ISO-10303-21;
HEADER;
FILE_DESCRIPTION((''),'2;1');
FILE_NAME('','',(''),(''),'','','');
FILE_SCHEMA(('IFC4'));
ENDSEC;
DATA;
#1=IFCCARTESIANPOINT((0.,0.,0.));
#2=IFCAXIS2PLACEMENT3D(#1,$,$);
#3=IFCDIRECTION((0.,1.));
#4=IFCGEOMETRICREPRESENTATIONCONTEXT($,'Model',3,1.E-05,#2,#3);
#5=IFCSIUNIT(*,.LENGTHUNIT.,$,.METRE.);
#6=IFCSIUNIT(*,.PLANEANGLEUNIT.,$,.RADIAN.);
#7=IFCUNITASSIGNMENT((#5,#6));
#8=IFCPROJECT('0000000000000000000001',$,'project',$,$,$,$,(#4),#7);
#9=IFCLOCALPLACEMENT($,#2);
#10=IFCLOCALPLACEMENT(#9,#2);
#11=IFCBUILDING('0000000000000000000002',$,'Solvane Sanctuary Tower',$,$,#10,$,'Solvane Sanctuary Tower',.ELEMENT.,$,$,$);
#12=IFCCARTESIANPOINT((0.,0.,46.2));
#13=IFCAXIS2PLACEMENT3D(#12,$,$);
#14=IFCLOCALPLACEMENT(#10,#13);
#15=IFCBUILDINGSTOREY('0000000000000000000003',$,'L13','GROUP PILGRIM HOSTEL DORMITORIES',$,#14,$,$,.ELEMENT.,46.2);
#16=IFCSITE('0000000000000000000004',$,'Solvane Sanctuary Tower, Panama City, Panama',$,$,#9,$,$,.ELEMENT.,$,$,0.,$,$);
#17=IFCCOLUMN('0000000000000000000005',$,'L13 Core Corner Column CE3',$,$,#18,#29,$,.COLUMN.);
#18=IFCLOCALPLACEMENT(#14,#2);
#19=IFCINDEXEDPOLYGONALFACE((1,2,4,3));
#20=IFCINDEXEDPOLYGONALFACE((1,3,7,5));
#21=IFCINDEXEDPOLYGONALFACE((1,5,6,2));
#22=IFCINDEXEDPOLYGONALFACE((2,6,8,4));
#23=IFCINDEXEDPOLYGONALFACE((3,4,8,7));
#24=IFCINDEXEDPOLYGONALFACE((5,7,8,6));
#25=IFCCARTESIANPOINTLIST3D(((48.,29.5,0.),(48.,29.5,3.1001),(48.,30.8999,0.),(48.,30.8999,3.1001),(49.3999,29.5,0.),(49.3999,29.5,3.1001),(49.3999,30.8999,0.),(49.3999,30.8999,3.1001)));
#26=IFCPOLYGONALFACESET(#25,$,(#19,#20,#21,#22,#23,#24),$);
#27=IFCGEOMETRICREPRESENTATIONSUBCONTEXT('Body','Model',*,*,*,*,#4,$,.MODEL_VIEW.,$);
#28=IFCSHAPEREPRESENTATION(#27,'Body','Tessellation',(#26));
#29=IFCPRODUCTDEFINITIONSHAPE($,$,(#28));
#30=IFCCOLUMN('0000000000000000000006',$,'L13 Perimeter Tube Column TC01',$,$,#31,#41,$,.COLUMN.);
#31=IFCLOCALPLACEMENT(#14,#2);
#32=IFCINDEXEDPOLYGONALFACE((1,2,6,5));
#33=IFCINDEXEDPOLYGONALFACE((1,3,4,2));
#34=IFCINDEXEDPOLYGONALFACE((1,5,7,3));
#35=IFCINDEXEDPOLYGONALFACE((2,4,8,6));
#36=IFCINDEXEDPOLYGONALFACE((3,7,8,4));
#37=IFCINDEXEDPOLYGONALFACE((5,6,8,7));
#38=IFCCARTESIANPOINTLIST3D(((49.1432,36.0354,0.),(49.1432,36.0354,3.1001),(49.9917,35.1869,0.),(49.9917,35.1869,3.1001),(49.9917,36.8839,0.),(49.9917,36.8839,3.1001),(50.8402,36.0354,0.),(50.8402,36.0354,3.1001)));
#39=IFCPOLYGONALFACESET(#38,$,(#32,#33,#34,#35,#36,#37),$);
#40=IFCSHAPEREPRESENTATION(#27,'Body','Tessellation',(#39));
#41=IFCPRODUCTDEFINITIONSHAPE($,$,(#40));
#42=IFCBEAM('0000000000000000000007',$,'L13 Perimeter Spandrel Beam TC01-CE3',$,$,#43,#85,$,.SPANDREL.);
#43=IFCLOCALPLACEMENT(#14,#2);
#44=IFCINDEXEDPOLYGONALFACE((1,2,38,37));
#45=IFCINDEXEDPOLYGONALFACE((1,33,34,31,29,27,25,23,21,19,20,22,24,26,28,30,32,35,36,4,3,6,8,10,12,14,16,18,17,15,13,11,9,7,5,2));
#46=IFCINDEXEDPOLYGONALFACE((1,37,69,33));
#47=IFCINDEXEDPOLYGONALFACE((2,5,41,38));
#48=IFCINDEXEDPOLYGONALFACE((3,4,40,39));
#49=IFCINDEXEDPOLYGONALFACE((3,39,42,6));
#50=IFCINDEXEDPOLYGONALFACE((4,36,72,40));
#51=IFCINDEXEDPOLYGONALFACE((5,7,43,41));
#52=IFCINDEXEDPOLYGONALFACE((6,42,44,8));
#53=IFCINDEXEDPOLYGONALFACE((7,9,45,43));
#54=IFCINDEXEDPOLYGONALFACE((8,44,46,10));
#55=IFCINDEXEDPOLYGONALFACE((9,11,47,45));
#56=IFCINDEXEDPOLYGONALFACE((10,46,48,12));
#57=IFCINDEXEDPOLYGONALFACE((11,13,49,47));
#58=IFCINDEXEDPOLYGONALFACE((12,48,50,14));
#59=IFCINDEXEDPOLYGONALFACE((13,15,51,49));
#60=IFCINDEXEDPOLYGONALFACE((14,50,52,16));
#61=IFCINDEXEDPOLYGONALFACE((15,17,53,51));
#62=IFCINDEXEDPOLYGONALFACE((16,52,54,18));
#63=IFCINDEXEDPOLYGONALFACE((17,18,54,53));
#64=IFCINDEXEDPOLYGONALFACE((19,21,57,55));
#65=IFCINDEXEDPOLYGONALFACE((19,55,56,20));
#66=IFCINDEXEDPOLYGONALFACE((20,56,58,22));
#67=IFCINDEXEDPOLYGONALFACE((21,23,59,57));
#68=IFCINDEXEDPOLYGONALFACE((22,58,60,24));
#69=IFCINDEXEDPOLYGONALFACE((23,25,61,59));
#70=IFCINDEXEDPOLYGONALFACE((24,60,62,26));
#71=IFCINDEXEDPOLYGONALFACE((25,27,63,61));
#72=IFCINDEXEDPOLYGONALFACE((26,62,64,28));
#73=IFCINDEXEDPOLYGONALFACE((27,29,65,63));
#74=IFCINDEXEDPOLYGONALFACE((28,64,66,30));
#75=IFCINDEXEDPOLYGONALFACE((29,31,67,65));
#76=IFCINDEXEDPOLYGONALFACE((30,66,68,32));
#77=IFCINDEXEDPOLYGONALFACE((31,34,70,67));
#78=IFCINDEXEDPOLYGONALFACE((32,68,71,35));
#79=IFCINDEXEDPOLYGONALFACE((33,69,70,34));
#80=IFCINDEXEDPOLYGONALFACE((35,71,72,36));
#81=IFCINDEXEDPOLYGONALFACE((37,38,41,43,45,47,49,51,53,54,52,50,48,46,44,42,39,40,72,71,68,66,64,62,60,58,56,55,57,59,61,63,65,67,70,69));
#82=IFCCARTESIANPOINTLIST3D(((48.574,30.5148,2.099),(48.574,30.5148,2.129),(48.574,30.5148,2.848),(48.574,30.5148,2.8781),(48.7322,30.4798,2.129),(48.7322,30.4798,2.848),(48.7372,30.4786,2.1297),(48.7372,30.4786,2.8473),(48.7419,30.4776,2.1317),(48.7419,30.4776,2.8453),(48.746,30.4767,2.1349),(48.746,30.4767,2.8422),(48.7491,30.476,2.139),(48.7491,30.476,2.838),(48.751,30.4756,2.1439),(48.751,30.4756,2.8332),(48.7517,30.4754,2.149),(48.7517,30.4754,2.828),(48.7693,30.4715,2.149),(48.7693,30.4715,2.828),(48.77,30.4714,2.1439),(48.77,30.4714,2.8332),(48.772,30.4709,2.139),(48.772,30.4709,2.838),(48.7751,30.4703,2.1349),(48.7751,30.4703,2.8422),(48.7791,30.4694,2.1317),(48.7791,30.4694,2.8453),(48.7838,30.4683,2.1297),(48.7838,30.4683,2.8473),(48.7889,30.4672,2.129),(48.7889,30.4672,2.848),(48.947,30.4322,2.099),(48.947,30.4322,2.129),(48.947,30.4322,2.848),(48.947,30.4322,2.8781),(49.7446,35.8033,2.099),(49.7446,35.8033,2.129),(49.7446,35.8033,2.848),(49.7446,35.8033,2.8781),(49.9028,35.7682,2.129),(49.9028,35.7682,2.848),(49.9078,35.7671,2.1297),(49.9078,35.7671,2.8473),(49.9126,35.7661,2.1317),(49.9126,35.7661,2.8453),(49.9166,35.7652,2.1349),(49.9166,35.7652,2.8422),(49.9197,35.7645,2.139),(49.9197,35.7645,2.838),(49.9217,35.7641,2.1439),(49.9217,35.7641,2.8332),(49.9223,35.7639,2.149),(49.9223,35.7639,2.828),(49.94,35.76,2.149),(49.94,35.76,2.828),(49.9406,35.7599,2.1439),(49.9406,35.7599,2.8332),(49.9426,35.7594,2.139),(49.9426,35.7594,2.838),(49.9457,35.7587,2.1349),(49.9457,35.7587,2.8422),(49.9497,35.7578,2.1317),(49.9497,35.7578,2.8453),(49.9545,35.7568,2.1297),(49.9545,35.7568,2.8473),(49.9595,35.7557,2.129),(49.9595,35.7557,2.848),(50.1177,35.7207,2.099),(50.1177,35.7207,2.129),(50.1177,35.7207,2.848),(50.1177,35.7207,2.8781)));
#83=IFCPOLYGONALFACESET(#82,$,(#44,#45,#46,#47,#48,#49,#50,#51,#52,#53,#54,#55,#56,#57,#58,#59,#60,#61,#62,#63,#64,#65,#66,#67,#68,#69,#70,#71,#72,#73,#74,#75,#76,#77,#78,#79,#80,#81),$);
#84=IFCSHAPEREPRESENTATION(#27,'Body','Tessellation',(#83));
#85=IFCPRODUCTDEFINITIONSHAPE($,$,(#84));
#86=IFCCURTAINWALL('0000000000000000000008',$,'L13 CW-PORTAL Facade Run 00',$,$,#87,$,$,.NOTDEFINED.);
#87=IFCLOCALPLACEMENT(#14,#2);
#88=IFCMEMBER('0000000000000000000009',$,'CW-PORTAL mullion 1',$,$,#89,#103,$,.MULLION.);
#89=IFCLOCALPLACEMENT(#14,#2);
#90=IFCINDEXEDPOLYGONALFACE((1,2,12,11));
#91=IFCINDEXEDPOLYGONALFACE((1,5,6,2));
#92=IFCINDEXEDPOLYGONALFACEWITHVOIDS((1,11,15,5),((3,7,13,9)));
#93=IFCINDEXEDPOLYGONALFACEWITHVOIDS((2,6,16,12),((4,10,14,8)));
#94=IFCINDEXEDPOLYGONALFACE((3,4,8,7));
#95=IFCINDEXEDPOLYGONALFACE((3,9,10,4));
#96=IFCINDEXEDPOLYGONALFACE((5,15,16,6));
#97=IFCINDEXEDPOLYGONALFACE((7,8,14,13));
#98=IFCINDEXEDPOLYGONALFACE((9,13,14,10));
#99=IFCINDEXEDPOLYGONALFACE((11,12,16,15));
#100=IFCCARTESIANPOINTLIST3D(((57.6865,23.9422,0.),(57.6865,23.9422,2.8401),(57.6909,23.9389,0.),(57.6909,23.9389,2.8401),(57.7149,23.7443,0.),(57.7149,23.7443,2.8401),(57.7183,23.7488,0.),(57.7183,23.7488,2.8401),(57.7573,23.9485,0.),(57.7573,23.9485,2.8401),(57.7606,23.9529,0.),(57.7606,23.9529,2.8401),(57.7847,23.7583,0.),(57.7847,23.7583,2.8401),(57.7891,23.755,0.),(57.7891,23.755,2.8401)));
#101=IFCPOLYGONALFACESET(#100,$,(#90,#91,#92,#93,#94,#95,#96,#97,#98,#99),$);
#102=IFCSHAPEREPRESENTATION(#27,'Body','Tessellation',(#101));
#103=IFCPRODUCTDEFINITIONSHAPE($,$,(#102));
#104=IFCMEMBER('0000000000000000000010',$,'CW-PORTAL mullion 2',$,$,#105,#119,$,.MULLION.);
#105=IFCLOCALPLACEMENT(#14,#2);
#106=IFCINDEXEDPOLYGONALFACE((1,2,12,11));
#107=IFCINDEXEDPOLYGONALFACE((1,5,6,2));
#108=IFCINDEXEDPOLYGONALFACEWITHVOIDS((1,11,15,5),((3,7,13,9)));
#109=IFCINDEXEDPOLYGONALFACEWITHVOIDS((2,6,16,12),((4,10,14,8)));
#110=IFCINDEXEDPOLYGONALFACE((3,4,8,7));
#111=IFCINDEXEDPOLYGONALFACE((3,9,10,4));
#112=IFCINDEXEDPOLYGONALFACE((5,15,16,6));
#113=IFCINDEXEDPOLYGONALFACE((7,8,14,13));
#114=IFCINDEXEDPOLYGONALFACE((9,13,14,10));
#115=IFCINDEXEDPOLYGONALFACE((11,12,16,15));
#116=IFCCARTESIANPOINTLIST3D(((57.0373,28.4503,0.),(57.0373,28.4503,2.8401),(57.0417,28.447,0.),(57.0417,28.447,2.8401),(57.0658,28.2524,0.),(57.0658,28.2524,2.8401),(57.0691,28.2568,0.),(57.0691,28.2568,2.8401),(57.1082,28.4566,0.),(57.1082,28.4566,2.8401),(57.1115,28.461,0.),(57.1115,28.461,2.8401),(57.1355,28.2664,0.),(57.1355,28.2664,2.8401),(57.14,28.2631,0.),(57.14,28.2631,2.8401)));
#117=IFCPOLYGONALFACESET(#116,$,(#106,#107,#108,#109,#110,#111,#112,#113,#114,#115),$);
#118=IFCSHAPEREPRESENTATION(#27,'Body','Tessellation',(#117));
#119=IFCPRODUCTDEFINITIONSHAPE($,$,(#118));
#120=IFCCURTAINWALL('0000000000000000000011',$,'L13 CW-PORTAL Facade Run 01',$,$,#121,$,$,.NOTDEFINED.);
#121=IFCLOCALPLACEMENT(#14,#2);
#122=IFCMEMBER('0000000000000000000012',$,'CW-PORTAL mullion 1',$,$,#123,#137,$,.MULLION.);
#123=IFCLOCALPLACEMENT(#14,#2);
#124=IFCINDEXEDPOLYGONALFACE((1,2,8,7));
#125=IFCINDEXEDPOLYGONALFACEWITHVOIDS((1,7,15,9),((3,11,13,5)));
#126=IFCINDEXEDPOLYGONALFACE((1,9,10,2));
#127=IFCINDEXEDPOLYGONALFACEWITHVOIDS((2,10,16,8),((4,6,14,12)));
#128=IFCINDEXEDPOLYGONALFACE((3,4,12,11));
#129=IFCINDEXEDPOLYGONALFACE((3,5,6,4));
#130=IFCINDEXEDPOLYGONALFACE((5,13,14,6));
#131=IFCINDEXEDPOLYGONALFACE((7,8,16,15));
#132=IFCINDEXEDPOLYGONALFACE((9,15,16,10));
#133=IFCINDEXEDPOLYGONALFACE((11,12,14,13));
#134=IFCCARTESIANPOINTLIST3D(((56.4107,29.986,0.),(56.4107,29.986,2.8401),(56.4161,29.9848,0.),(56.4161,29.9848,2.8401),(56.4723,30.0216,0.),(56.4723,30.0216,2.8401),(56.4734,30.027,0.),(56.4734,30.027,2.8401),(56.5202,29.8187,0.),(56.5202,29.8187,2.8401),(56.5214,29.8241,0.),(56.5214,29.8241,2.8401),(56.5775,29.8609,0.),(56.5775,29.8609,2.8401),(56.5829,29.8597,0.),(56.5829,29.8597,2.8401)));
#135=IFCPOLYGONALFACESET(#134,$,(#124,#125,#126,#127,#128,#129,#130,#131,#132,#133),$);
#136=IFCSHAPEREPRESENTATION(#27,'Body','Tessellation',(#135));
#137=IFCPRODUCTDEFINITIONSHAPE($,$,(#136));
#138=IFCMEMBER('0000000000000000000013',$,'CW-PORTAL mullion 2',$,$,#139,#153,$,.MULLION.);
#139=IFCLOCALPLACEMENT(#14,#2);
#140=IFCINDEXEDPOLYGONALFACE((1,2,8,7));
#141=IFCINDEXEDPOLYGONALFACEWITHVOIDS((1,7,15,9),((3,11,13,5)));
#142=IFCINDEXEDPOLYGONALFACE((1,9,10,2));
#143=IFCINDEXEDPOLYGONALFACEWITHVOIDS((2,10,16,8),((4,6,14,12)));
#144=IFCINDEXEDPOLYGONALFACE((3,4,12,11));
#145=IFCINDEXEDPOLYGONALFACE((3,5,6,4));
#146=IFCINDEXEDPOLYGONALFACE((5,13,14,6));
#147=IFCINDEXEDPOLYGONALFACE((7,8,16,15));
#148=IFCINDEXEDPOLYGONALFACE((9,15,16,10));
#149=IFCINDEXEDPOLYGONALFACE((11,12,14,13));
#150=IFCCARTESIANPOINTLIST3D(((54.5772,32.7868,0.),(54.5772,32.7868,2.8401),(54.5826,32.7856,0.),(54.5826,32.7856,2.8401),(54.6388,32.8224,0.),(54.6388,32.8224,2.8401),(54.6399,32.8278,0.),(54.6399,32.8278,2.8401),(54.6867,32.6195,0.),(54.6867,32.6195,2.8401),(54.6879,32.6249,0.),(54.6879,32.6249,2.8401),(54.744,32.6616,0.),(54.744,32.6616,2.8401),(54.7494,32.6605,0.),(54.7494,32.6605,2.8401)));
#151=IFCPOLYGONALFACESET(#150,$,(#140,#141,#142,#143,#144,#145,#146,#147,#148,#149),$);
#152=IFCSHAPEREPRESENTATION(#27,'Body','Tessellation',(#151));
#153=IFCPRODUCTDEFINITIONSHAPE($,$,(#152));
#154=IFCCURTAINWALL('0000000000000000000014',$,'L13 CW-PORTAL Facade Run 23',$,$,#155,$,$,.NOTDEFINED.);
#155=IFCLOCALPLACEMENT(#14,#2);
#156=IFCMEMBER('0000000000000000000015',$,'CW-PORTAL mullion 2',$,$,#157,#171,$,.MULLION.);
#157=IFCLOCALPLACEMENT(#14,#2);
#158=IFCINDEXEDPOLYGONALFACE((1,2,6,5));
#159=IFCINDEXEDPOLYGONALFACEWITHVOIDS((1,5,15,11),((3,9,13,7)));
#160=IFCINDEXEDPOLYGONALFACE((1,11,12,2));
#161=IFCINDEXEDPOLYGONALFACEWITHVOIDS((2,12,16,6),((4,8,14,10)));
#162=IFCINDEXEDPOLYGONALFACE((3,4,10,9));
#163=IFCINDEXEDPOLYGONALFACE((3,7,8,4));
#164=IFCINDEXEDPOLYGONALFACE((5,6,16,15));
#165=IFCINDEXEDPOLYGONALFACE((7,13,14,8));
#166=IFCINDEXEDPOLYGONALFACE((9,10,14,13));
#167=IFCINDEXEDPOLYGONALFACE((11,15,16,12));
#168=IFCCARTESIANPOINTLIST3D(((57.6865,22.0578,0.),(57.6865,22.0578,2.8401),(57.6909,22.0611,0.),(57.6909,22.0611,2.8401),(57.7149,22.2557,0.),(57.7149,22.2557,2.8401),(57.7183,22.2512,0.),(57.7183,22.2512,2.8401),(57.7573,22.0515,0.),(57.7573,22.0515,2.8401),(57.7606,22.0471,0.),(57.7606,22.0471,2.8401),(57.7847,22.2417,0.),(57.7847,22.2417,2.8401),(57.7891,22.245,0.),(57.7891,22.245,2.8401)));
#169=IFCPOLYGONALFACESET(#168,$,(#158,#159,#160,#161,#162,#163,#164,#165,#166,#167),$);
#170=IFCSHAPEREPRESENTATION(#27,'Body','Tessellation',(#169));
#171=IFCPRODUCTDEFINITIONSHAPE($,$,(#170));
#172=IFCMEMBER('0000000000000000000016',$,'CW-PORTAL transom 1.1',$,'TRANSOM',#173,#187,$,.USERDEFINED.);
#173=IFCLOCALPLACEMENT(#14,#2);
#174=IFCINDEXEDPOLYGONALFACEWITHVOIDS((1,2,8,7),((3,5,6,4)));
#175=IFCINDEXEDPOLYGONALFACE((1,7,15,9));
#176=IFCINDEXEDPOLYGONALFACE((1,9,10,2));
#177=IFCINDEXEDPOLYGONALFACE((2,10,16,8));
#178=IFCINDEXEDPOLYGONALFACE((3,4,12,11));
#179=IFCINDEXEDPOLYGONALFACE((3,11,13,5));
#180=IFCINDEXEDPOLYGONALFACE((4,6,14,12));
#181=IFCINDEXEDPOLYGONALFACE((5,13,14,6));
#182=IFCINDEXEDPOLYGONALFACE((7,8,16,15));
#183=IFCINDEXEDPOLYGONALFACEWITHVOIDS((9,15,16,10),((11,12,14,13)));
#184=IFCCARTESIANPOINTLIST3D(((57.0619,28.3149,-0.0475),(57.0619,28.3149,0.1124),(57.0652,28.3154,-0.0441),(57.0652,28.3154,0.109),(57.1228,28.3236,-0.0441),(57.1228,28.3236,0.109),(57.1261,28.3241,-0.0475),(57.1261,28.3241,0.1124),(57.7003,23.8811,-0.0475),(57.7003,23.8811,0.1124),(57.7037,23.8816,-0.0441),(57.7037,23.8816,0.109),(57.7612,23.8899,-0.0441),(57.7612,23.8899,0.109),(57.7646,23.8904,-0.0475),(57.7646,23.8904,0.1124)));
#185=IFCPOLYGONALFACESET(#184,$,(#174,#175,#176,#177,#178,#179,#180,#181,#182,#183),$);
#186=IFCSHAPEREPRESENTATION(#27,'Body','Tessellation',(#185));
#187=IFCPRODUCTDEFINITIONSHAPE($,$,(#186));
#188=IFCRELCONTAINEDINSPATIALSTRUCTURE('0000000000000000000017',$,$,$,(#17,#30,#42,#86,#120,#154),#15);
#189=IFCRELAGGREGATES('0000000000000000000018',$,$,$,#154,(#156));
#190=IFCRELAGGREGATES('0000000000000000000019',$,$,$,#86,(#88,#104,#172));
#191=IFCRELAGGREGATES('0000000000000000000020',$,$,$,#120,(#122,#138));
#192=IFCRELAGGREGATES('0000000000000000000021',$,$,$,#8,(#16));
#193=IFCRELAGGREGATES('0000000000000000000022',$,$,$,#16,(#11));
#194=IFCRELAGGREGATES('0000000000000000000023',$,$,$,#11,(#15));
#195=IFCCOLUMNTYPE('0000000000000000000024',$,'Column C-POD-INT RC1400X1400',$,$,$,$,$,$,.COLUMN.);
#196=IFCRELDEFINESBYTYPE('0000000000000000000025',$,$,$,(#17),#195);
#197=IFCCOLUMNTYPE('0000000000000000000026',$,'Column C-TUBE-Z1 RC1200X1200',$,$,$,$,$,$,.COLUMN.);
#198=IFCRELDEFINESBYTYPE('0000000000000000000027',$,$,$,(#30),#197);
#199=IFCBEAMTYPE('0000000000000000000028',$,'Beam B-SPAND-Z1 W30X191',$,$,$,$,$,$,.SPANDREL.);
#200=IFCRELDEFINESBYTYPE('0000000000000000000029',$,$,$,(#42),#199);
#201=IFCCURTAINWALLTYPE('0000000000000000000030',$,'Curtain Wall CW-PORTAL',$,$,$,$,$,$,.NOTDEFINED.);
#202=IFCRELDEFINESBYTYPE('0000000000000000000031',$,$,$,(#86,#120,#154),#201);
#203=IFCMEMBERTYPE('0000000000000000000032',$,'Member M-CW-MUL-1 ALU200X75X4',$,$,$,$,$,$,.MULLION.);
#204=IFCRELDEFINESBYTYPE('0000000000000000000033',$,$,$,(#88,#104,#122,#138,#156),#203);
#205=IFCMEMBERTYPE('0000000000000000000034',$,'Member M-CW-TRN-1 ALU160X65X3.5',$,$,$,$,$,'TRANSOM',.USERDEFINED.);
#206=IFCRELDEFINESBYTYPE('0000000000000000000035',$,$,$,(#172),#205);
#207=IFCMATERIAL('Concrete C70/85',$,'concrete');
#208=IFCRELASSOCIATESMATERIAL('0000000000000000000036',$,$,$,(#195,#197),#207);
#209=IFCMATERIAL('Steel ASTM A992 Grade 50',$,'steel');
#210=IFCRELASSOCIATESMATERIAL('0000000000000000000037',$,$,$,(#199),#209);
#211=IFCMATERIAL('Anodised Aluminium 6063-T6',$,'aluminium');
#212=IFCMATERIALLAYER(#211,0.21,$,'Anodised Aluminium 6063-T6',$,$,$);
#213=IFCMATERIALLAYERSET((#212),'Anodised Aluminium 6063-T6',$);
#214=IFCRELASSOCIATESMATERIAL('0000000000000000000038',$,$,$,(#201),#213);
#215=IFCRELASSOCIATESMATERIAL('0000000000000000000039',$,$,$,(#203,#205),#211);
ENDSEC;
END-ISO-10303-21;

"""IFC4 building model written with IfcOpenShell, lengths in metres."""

from ifc_helpers import new_model, si_unit, direction, frame, origin, origin_2d, place, context, subcontext, project, spatial, rectangle, hollow_rectangle, i_section, extrude, material, layer, layer_set, material_profile, profile_set, type_object, element, aggregate, save


model = new_model("IFC4")

# Units and contexts
model_context = context("Model", 3, precision=1e-05, world=origin(), true_north=direction((0.0, 1.0)))
body_context = subcontext(model_context, "Body", "Model", "MODEL_VIEW")
ifc_project = project(units=[si_unit("LENGTHUNIT", "METRE"), si_unit("PLANEANGLEUNIT", "RADIAN")], contexts=[model_context])

# Site, building, storey
site_placement = place(None, origin())
site = spatial("IfcSite", under=ifc_project, at=site_placement, Name="Solvane Sanctuary Tower, Panama City, Panama", CompositionType="ELEMENT", RefElevation=0.0)
building_placement = place(site_placement, origin())
building = spatial("IfcBuilding", under=site, at=building_placement, Name="Solvane Sanctuary Tower", LongName="Solvane Sanctuary Tower", CompositionType="ELEMENT")
storey_placement = place(building_placement, frame((0.0, 0.0, 46.2)))
storey = spatial("IfcBuildingStorey", under=building, at=storey_placement, Name="L13", Description="GROUP PILGRIM HOSTEL DORMITORIES", CompositionType="ELEMENT", Elevation=46.2)

# Columns
ifc_material_1 = material(Name="Concrete C70/85", Category="concrete")
ifc_material_profile_1 = material_profile(ifc_material_1, rectangle(XDim=1.3999, YDim=1.3999, at=origin_2d()), Name="RC1400X1400")
ifc_profile_set_1 = profile_set([ifc_material_profile_1], Name="Concrete C70/85")
column_type_1 = type_object("IfcColumnType", Name="Column C-POD-INT RC1400X1400", PredefinedType="COLUMN", material=ifc_profile_set_1)
column_1_placement = place(storey_placement, frame((48.7, 30.2, 0.0), z_axis=(0.0, 0.0, 1.0), x_axis=(1.0, 0.0, 0.0)))
element("IfcColumn", 1, at=column_1_placement, inside=storey, type_object=column_type_1, Name="L13 Core Corner Column CE3", PredefinedType="COLUMN", context=body_context, shape_type="SweptSolid", body=[
    extrude(rectangle(XDim=1.3999, YDim=1.3999, at=origin_2d()), origin(), (0.0, 0.0, 1.0), 3.1001),
])
ifc_material_profile_2 = material_profile(ifc_material_1, rectangle(XDim=1.2, YDim=1.2, at=origin_2d()), Name="RC1200X1200")
ifc_profile_set_2 = profile_set([ifc_material_profile_2], Name="Concrete C70/85")
column_type_2 = type_object("IfcColumnType", Name="Column C-TUBE-Z1 RC1200X1200", PredefinedType="COLUMN", material=ifc_profile_set_2)
column_2_placement = place(storey_placement, frame((49.9917, 36.0354, 0.0), z_axis=(0.0, 0.0, 1.0), x_axis=(0.707107, 0.707107, 0.0)))
element("IfcColumn", 2, at=column_2_placement, inside=storey, type_object=column_type_2, Name="L13 Perimeter Tube Column TC01", PredefinedType="COLUMN", context=body_context, shape_type="SweptSolid", body=[
    extrude(rectangle(XDim=1.2, YDim=1.2, at=origin_2d()), origin(), (0.0, 0.0, 1.0), 3.1001),
])

# Beam
ifc_material_2 = material(Name="Steel ASTM A992 Grade 50", Category="steel")
ifc_material_profile_3 = material_profile(ifc_material_2, i_section(OverallWidth=0.3821, OverallDepth=0.7791, WebThickness=0.0181, FlangeThickness=0.03, FilletRadius=0.02, at=origin_2d()), Name="W30X191")
ifc_profile_set_3 = profile_set([ifc_material_profile_3], Name="Steel ASTM A992 Grade 50")
beam_type = type_object("IfcBeamType", Name="Beam B-SPAND-Z1 W30X191", PredefinedType="SPANDREL", material=ifc_profile_set_3)
beam_placement = place(storey_placement, frame((49.9312, 35.762, 2.4885), z_axis=(-0.216124, -0.976366, 0.0), x_axis=(0.976366, -0.216124, 0.0)))
element("IfcBeam", 3, at=beam_placement, inside=storey, type_object=beam_type, Name="L13 Perimeter Spandrel Beam TC01-CE3", PredefinedType="SPANDREL", context=body_context, shape_type="SweptSolid", body=[
    extrude(i_section(OverallWidth=0.3821, OverallDepth=0.7791, WebThickness=0.0181, FlangeThickness=0.03, FilletRadius=0.02, at=origin_2d()), origin(), (0.0, 0.0, 1.0), 5.4165),
])

# Curtain walls, members
ifc_material_3 = material(Name="Anodised Aluminium 6063-T6", Category="aluminium")
ifc_layer_1 = layer(ifc_material_3, 0.21, Name="Anodised Aluminium 6063-T6")
ifc_layer_set_1 = layer_set([ifc_layer_1], Name="Anodised Aluminium 6063-T6")
curtain_wall_type = type_object("IfcCurtainWallType", Name="Curtain Wall CW-PORTAL", PredefinedType="NOTDEFINED", material=ifc_layer_set_1)
curtain_wall_1_placement = place(storey_placement, origin())
curtain_wall_1 = element("IfcCurtainWall", 4, at=curtain_wall_1_placement, inside=storey, type_object=curtain_wall_type, Name="L13 CW-PORTAL Facade Run 00", PredefinedType="NOTDEFINED")
ifc_material_profile_4 = material_profile(ifc_material_3, hollow_rectangle(XDim=0.075, YDim=0.2, WallThickness=0.0039, at=origin_2d()), Name="ALU200X75X4")
ifc_profile_set_4 = profile_set([ifc_material_profile_4], Name="Anodised Aluminium 6063-T6")
member_type_1 = type_object("IfcMemberType", Name="Member M-CW-MUL-1 ALU200X75X4", PredefinedType="MULLION", material=ifc_profile_set_4)
member_1_placement = place(storey_placement, frame((57.7378, 23.8486, 0.0), z_axis=(0.0, 0.0, 1.0), x_axis=(-0.989794, -0.142504, 0.0)))
member_1 = element("IfcMember", 5, at=member_1_placement, type_object=member_type_1, Name="CW-PORTAL mullion 1", PredefinedType="MULLION", context=body_context, shape_type="SweptSolid", body=[
    extrude(hollow_rectangle(XDim=0.075, YDim=0.2, WallThickness=0.0039, at=origin_2d()), origin(), (0.0, 0.0, 1.0), 2.8401),
])
member_2_placement = place(storey_placement, frame((57.0886, 28.3567, 0.0), z_axis=(0.0, 0.0, 1.0), x_axis=(-0.989794, -0.142504, 0.0)))
member_2 = element("IfcMember", 6, at=member_2_placement, type_object=member_type_1, Name="CW-PORTAL mullion 2", PredefinedType="MULLION", context=body_context, shape_type="SweptSolid", body=[
    extrude(hollow_rectangle(XDim=0.075, YDim=0.2, WallThickness=0.0039, at=origin_2d()), origin(), (0.0, 0.0, 1.0), 2.8401),
])
curtain_wall_2_placement = place(storey_placement, origin())
curtain_wall_2 = element("IfcCurtainWall", 7, at=curtain_wall_2_placement, inside=storey, type_object=curtain_wall_type, Name="L13 CW-PORTAL Facade Run 01", PredefinedType="NOTDEFINED")
member_3_placement = place(storey_placement, frame((56.4968, 29.9229, 0.0), z_axis=(0.0, 0.0, 1.0), x_axis=(-0.836674, -0.547702, 0.0)))
member_3 = element("IfcMember", 8, at=member_3_placement, type_object=member_type_1, Name="CW-PORTAL mullion 1", PredefinedType="MULLION", context=body_context, shape_type="SweptSolid", body=[
    extrude(hollow_rectangle(XDim=0.075, YDim=0.2, WallThickness=0.0039, at=origin_2d()), origin(), (0.0, 0.0, 1.0), 2.8401),
])
member_4_placement = place(storey_placement, frame((54.6633, 32.7236, 0.0), z_axis=(0.0, 0.0, 1.0), x_axis=(-0.836674, -0.547702, 0.0)))
member_4 = element("IfcMember", 9, at=member_4_placement, type_object=member_type_1, Name="CW-PORTAL mullion 2", PredefinedType="MULLION", context=body_context, shape_type="SweptSolid", body=[
    extrude(hollow_rectangle(XDim=0.075, YDim=0.2, WallThickness=0.0039, at=origin_2d()), origin(), (0.0, 0.0, 1.0), 2.8401),
])

# Curtain wall, member
curtain_wall_3_placement = place(storey_placement, origin())
curtain_wall_3 = element("IfcCurtainWall", 10, at=curtain_wall_3_placement, inside=storey, type_object=curtain_wall_type, Name="L13 CW-PORTAL Facade Run 23", PredefinedType="NOTDEFINED")
member_5_placement = place(storey_placement, frame((57.7378, 22.1514, 0.0), z_axis=(0.0, 0.0, 1.0), x_axis=(-0.989794, 0.142504, 0.0)))
member_5 = element("IfcMember", 11, at=member_5_placement, type_object=member_type_1, Name="CW-PORTAL mullion 2", PredefinedType="MULLION", context=body_context, shape_type="SweptSolid", body=[
    extrude(hollow_rectangle(XDim=0.075, YDim=0.2, WallThickness=0.0039, at=origin_2d()), origin(), (0.0, 0.0, 1.0), 2.8401),
])
aggregate(curtain_wall_3, [member_5])

# Member
ifc_material_profile_5 = material_profile(ifc_material_3, hollow_rectangle(XDim=0.0649, YDim=0.1599, WallThickness=0.0034, at=origin_2d()), Name="ALU160X65X3.5")
ifc_profile_set_5 = profile_set([ifc_material_profile_5], Name="Anodised Aluminium 6063-T6")
member_type_2 = type_object("IfcMemberType", Name="Member M-CW-TRN-1 ALU160X65X3.5", ElementType="TRANSOM", PredefinedType="USERDEFINED", material=ifc_profile_set_5)
member_6_placement = place(storey_placement, frame((57.7324, 23.8857, 0.0325), z_axis=(-0.14252, 0.989792, 0.0), x_axis=(-0.989792, -0.14252, 0.0)))
member_6 = element("IfcMember", 12, at=member_6_placement, type_object=member_type_2, Name="CW-PORTAL transom 1.1", ObjectType="TRANSOM", PredefinedType="USERDEFINED", context=body_context, shape_type="SweptSolid", body=[
    extrude(hollow_rectangle(XDim=0.0649, YDim=0.1599, WallThickness=0.0034, at=origin_2d()), origin(), (0.0, 0.0, 1.0), 4.4795),
])

aggregate(curtain_wall_1, [member_1, member_2, member_6])
aggregate(curtain_wall_2, [member_3, member_4])

save(model, "model.ifc")
